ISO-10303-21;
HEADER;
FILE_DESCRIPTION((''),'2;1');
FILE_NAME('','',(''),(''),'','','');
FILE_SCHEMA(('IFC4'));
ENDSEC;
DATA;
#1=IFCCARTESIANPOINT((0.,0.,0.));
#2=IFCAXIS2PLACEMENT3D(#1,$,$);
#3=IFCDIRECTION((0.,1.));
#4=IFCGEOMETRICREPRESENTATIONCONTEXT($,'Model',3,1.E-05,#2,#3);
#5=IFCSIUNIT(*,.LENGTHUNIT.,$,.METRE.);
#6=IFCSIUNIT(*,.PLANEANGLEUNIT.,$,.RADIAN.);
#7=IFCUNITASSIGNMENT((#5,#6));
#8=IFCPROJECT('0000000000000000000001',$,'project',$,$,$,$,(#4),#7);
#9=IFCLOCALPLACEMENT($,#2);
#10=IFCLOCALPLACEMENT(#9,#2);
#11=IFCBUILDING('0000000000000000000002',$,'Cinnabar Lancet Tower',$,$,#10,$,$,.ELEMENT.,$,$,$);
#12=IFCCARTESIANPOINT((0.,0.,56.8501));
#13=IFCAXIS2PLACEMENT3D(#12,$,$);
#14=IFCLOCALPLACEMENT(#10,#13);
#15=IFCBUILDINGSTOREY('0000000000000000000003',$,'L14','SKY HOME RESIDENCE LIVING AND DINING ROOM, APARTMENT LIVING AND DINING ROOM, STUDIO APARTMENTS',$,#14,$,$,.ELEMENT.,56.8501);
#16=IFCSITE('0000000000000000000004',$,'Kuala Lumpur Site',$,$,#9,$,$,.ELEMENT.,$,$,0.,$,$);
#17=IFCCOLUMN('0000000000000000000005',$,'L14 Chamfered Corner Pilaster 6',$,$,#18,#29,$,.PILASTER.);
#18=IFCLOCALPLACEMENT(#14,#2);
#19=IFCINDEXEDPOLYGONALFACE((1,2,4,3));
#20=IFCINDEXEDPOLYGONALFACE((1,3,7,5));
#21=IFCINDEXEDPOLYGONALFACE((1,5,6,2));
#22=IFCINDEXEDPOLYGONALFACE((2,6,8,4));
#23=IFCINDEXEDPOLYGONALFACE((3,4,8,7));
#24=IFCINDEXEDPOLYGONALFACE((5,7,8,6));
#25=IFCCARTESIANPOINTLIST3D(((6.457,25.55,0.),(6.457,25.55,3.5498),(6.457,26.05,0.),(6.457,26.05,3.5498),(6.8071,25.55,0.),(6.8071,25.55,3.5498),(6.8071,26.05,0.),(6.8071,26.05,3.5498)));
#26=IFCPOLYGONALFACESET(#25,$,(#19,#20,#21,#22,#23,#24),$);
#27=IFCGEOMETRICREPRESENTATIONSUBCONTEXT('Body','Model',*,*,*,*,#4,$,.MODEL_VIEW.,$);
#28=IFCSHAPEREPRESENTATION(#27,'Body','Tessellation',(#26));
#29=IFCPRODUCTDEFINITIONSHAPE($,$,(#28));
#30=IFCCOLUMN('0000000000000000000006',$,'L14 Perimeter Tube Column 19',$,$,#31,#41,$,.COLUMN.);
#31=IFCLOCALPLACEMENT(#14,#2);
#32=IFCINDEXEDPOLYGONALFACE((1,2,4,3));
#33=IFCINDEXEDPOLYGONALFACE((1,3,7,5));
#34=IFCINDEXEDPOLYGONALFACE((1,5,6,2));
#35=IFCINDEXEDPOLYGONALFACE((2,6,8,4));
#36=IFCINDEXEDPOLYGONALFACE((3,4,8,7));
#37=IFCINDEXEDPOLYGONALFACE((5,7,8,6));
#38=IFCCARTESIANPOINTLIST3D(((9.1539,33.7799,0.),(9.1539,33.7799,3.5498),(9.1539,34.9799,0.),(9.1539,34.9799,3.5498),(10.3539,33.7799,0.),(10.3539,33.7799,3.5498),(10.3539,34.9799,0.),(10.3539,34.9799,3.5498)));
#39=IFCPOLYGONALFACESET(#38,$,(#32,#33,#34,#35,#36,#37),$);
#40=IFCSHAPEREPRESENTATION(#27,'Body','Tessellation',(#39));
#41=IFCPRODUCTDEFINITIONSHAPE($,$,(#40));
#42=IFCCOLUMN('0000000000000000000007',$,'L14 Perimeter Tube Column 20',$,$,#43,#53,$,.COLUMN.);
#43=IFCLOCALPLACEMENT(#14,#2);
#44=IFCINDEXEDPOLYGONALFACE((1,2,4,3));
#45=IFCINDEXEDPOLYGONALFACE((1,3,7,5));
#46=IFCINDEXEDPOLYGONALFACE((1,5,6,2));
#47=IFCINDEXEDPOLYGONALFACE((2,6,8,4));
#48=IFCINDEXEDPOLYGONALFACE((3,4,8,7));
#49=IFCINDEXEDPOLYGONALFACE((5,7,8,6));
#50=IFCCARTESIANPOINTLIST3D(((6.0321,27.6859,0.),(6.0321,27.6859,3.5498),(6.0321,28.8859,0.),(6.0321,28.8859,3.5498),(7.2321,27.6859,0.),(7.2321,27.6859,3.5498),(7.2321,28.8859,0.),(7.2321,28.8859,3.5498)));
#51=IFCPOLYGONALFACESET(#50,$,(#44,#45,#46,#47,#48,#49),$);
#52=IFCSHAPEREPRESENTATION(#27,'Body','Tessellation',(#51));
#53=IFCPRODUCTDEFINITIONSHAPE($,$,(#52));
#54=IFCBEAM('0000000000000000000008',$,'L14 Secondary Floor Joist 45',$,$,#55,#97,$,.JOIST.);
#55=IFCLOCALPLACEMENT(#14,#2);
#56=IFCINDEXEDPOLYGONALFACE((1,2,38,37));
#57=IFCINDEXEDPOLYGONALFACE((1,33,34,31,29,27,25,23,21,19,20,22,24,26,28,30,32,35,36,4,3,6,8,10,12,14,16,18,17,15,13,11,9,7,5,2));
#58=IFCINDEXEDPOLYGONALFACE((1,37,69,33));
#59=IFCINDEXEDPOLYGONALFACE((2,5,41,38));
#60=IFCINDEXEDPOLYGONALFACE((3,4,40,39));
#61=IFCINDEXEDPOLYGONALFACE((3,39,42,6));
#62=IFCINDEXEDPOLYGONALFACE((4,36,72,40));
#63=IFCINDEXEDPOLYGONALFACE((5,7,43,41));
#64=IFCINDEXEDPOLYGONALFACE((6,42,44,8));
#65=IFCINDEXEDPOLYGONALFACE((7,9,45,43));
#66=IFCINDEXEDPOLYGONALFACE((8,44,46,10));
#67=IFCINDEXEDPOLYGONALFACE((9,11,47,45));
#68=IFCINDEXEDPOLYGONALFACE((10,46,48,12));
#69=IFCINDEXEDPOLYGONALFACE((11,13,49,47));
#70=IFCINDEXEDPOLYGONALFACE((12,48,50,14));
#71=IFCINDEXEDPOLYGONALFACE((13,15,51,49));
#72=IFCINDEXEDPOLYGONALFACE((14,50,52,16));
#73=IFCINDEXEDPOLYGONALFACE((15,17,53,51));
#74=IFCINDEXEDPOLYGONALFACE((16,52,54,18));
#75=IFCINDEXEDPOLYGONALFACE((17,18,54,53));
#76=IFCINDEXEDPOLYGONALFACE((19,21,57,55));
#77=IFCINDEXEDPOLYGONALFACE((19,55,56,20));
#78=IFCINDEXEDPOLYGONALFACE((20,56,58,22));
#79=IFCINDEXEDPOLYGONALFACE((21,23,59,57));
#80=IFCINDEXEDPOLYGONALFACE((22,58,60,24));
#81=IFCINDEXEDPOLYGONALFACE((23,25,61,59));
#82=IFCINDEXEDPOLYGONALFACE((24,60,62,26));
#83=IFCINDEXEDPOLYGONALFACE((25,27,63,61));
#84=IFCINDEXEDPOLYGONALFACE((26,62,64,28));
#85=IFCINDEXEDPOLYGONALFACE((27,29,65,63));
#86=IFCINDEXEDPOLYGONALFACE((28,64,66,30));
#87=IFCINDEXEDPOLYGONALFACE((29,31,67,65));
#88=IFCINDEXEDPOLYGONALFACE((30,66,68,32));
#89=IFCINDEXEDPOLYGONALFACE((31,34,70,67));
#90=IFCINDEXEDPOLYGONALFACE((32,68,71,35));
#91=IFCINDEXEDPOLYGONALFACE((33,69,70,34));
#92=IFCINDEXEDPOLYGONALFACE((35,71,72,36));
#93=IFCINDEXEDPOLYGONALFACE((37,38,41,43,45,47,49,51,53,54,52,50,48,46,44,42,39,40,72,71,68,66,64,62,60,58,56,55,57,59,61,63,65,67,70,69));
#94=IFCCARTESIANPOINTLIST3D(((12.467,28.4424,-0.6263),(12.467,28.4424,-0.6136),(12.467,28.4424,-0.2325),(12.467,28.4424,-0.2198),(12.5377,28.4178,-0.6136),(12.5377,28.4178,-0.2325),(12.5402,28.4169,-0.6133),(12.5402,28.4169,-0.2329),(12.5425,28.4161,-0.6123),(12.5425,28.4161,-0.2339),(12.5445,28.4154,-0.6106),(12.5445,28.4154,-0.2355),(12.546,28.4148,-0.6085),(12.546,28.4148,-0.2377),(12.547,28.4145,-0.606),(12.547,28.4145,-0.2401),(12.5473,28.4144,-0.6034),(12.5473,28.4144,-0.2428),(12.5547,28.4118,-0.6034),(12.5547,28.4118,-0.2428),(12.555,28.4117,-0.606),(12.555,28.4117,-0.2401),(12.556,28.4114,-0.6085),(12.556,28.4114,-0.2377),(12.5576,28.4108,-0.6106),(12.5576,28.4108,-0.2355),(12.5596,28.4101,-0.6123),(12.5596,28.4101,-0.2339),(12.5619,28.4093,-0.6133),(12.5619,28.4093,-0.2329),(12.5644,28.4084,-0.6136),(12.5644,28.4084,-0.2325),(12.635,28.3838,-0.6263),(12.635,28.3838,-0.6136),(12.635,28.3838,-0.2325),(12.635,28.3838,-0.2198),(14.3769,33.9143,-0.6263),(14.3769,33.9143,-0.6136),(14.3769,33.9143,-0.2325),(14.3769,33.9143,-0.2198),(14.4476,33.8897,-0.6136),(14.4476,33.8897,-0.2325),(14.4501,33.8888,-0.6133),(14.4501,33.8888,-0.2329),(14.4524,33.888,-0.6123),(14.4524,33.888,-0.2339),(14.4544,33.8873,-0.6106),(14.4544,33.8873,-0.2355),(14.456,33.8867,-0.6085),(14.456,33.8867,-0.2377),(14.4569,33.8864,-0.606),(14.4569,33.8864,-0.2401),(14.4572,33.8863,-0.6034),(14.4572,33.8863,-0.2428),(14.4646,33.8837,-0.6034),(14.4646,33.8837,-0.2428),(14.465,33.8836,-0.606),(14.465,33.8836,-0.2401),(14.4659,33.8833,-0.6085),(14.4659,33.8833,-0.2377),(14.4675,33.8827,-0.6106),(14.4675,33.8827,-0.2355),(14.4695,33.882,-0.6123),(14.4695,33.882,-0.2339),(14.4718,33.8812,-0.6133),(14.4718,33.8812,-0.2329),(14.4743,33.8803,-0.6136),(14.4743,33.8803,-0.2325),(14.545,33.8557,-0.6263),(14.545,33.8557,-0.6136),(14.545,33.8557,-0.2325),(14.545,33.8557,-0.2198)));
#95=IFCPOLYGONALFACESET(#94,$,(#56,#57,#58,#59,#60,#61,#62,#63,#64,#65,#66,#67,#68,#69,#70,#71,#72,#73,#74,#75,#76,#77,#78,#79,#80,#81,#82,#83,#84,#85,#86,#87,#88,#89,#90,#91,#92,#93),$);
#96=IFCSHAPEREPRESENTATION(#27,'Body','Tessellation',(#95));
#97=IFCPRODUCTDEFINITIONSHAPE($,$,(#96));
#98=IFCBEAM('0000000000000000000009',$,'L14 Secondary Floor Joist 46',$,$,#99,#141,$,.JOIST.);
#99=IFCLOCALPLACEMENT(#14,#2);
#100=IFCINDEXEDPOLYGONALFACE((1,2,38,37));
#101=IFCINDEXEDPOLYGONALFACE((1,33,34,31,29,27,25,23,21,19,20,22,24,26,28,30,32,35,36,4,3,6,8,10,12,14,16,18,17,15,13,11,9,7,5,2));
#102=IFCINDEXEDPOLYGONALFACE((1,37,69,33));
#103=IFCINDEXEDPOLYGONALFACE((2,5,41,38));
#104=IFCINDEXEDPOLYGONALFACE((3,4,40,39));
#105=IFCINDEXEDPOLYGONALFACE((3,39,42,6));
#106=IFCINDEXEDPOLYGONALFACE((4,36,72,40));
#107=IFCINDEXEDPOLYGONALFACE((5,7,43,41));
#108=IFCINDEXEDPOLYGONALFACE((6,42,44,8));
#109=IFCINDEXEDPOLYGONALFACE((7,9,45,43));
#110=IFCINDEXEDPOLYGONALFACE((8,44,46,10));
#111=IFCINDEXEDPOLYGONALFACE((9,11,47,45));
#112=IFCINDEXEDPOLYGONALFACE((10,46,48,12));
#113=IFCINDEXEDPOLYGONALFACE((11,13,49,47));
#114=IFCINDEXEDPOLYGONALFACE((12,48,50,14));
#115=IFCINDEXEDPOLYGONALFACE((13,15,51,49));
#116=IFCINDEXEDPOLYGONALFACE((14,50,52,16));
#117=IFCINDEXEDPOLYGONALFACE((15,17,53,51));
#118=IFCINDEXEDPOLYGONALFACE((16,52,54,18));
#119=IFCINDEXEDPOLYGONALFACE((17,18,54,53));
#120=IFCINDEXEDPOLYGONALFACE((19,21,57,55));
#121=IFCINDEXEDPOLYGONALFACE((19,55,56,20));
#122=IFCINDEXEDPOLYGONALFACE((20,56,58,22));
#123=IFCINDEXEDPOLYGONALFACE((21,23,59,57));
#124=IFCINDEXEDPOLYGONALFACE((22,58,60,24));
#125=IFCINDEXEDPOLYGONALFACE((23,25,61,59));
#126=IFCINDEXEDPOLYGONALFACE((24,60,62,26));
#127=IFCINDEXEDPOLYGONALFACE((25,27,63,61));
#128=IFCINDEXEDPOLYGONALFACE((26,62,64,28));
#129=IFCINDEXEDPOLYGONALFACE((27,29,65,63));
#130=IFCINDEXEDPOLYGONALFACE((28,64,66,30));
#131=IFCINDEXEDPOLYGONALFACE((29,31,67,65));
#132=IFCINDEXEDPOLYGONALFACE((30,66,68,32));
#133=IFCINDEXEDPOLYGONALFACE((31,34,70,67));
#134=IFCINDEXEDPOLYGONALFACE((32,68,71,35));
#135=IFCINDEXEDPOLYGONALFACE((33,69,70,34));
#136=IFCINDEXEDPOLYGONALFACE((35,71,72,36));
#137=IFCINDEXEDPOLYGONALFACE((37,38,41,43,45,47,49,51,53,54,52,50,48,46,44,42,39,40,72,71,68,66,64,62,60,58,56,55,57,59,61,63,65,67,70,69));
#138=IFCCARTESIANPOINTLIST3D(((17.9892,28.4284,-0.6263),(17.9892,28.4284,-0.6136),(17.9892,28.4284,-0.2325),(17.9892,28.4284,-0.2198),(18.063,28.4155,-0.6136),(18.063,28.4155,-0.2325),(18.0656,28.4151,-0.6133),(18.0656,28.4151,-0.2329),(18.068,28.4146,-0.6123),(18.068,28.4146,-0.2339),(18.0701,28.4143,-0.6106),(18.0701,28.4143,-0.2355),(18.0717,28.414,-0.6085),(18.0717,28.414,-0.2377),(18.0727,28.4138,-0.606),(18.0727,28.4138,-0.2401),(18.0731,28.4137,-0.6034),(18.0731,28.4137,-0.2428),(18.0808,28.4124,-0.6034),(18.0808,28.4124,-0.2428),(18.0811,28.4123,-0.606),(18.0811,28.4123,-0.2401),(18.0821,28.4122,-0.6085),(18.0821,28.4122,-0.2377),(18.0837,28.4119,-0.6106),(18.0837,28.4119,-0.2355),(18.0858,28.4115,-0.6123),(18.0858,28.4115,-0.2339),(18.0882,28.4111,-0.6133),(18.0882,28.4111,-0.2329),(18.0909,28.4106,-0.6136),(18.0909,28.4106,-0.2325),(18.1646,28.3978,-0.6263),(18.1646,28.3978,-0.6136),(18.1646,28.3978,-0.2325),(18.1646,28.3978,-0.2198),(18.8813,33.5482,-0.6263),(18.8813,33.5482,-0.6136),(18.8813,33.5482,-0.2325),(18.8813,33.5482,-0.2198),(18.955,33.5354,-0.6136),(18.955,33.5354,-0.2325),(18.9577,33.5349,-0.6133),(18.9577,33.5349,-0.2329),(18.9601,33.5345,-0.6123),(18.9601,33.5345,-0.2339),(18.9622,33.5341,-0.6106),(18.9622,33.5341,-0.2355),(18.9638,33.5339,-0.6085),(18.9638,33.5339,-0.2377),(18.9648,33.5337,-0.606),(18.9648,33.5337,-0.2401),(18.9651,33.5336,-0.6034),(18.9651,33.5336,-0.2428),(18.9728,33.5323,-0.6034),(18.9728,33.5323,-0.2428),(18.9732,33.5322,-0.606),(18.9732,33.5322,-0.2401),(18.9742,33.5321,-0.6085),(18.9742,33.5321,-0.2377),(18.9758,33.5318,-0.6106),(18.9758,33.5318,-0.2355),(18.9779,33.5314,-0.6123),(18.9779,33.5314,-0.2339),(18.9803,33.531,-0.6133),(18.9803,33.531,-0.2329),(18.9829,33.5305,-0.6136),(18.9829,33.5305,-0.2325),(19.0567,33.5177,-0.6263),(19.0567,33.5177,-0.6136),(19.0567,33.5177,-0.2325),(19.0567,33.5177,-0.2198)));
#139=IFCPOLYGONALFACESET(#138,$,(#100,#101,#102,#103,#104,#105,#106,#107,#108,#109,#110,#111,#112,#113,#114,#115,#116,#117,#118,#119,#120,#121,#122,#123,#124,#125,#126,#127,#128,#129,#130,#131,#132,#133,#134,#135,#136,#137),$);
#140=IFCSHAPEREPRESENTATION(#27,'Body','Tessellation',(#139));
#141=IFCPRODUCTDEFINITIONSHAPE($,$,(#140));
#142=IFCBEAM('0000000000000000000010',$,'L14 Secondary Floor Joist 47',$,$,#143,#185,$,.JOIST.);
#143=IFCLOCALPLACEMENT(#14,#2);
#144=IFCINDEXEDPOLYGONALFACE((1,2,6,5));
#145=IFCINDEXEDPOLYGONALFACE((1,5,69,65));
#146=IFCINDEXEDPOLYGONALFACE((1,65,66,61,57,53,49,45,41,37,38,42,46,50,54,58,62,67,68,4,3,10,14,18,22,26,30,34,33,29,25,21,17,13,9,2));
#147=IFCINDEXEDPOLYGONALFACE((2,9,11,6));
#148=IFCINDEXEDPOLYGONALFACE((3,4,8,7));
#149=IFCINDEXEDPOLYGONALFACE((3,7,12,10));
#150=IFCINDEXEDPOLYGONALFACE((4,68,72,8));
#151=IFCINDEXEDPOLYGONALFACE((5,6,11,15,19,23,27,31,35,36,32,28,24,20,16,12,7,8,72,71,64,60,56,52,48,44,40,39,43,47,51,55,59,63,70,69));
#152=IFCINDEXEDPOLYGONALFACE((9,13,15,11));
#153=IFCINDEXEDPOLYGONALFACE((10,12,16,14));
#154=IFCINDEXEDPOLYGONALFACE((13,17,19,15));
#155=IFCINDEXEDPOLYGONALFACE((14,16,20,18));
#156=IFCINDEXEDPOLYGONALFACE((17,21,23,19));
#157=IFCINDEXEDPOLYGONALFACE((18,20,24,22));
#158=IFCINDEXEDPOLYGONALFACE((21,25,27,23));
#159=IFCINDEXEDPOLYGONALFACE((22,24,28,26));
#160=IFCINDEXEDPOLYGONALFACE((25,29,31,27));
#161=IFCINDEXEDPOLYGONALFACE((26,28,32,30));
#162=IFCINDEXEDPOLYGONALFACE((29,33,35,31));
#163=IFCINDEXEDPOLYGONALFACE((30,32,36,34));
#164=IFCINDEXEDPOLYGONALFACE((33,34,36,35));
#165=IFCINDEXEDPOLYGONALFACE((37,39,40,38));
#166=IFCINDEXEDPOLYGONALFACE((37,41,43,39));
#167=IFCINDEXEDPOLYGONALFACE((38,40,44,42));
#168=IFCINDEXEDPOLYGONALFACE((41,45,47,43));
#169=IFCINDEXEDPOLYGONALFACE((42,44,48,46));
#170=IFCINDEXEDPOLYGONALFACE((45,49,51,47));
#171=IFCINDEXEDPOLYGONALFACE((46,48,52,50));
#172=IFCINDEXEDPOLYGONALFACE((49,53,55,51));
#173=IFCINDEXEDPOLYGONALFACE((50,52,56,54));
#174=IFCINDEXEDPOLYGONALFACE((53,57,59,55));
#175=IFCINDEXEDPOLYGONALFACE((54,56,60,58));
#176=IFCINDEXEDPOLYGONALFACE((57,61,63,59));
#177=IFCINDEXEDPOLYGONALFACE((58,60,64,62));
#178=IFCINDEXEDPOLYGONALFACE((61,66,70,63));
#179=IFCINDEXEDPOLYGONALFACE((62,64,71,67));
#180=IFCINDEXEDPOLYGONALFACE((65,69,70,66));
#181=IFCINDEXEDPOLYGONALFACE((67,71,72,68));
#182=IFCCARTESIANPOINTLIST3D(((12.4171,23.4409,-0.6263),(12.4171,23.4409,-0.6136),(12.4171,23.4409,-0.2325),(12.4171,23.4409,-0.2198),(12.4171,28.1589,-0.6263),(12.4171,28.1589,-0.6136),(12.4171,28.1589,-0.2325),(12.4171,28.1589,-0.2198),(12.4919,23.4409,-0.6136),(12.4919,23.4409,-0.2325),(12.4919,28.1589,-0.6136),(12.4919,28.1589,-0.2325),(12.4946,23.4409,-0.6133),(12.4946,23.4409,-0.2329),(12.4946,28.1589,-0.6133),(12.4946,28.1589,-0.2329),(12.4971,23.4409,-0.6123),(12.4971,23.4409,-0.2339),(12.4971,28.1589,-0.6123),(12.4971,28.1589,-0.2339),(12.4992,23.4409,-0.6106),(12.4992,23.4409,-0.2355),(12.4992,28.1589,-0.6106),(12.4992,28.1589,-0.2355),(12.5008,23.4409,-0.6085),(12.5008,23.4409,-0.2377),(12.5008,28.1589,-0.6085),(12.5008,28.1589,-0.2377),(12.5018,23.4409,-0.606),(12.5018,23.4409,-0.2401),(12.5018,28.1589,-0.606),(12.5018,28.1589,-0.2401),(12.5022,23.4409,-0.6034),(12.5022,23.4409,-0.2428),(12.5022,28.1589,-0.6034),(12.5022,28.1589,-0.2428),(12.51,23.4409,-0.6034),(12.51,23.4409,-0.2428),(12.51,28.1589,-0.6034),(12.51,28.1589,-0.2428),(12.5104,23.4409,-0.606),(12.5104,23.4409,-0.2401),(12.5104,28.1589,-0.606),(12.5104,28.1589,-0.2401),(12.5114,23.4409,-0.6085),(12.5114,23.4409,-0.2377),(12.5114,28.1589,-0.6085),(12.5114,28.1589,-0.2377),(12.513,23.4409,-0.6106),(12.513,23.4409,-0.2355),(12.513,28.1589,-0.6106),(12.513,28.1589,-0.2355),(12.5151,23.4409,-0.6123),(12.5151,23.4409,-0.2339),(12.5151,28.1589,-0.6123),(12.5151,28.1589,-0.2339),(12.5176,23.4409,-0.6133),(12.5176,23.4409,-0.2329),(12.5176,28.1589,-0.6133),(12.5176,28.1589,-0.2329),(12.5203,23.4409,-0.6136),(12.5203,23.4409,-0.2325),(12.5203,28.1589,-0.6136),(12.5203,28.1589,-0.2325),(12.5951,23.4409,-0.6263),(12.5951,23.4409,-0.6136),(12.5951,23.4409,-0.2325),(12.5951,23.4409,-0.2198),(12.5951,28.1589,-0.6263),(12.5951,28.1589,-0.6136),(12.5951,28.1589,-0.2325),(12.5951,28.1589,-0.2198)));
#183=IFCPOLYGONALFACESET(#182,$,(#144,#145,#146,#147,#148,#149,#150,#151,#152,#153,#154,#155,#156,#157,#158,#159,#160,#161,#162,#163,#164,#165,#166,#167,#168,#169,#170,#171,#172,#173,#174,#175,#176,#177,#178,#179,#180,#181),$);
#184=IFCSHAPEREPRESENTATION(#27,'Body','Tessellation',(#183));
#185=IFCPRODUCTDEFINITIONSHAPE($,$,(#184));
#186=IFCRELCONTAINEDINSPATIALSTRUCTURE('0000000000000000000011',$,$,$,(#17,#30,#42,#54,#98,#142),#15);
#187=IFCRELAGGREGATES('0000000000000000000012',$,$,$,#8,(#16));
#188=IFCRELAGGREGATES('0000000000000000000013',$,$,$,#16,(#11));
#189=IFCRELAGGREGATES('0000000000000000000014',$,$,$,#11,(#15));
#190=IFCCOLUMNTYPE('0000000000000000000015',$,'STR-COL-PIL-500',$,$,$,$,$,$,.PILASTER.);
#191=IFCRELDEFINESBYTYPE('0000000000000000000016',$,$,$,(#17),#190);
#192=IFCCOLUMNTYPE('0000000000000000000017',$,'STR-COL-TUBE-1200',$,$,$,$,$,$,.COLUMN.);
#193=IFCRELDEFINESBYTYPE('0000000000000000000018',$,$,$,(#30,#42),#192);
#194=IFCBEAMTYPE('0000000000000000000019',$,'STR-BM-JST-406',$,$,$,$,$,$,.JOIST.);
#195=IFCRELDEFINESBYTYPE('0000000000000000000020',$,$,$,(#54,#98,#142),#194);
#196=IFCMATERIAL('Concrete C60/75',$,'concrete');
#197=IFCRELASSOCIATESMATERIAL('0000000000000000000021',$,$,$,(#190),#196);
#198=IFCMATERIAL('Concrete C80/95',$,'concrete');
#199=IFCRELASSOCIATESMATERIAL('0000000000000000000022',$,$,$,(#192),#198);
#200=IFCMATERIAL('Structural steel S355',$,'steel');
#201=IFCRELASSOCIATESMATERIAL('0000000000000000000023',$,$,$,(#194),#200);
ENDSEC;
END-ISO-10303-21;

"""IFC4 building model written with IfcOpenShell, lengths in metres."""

from ifc_helpers import new_model, si_unit, direction, frame, origin, origin_2d, place, context, subcontext, project, spatial, rectangle, i_section, extrude, material, material_profile, profile_set, type_object, element, save


model = new_model("IFC4")

# Units and contexts
model_context = context("Model", 3, precision=1e-05, world=origin(), true_north=direction((0.0, 1.0)))
body_context = subcontext(model_context, "Body", "Model", "MODEL_VIEW")
ifc_project = project(units=[si_unit("LENGTHUNIT", "METRE"), si_unit("PLANEANGLEUNIT", "RADIAN")], contexts=[model_context])

# Site, building, storey
site_placement = place(None, origin())
site = spatial("IfcSite", under=ifc_project, at=site_placement, Name="Kuala Lumpur Site", CompositionType="ELEMENT", RefElevation=0.0)
building_placement = place(site_placement, origin())
building = spatial("IfcBuilding", under=site, at=building_placement, Name="Cinnabar Lancet Tower", CompositionType="ELEMENT")
storey_placement = place(building_placement, frame((0.0, 0.0, 56.8501)))
storey = spatial("IfcBuildingStorey", under=building, at=storey_placement, Name="L14", Description="SKY HOME RESIDENCE LIVING AND DINING ROOM, APARTMENT LIVING AND DINING ROOM, STUDIO APARTMENTS", CompositionType="ELEMENT", Elevation=56.8501)

# Columns
ifc_material_1 = material(Name="Concrete C60/75", Category="concrete")
ifc_material_profile_1 = material_profile(ifc_material_1, rectangle(XDim=0.5, YDim=0.3501, at=origin_2d()), Name="RC-PIL 500x350")
ifc_profile_set_1 = profile_set([ifc_material_profile_1], Name="Concrete C60/75")
column_type_1 = type_object("IfcColumnType", Name="STR-COL-PIL-500", PredefinedType="PILASTER", material=ifc_profile_set_1)
column_placement = place(storey_placement, frame((6.6321, 25.8, 0.0), z_axis=(0.0, 0.0, 1.0), x_axis=(0.0, -1.0, 0.0)))
element("IfcColumn", 1, at=column_placement, inside=storey, type_object=column_type_1, Name="L14 Chamfered Corner Pilaster 6", PredefinedType="PILASTER", context=body_context, shape_type="SweptSolid", body=[
    extrude(rectangle(XDim=0.5, YDim=0.3501, at=origin_2d()), origin(), (0.0, 0.0, 1.0), 3.5498),
])
ifc_material_2 = material(Name="Concrete C80/95", Category="concrete")
ifc_material_profile_2 = material_profile(ifc_material_2, rectangle(XDim=1.2, YDim=1.2, at=origin_2d()), Name="RC-COL 1200x1200")
ifc_profile_set_2 = profile_set([ifc_material_profile_2], Name="Concrete C80/95")
column_type_2 = type_object("IfcColumnType", Name="STR-COL-TUBE-1200", PredefinedType="COLUMN", material=ifc_profile_set_2)
for number, where, z_axis, x_axis, name in (
    (2, (9.7539, 34.3799, 0.0), (0.0, 0.0, 1.0), (1.0, 0.0, 0.0), "L14 Perimeter Tube Column 19"),
    (3, (6.6321, 28.2859, 0.0), (0.0, 0.0, 1.0), (1.0, 0.0, 0.0), "L14 Perimeter Tube Column 20"),
):
    element("IfcColumn", number, at=place(storey_placement, frame(where, z_axis=z_axis, x_axis=x_axis)), inside=storey, type_object=column_type_2, Name=name, PredefinedType="COLUMN", context=body_context, shape_type="SweptSolid", body=[
        extrude(rectangle(XDim=1.2, YDim=1.2, at=origin_2d()), origin(), (0.0, 0.0, 1.0), 3.5498),
    ])

# Beams
ifc_material_3 = material(Name="Structural steel S355", Category="steel")
ifc_material_profile_3 = material_profile(ifc_material_3, i_section(OverallWidth=0.178, OverallDepth=0.4065, WebThickness=0.0078, FlangeThickness=0.0127, FilletRadius=0.0103, at=origin_2d()), Name="UKB 406x178x60")
ifc_profile_set_3 = profile_set([ifc_material_profile_3], Name="Structural steel S355")
beam_type_1 = type_object("IfcBeamType", Name="STR-BM-JST-406", PredefinedType="JOIST", material=ifc_profile_set_3)
beam_1_placement = place(storey_placement, frame((14.4609, 33.885, -0.4231), z_axis=(-0.329542, -0.944141, 0.0), x_axis=(0.944141, -0.329542, 0.0)))
element("IfcBeam", 4, at=beam_1_placement, inside=storey, type_object=beam_type_1, Name="L14 Secondary Floor Joist 45", PredefinedType="JOIST", context=body_context, shape_type="SweptSolid", body=[
    extrude(i_section(OverallWidth=0.178, OverallDepth=0.4065, WebThickness=0.0078, FlangeThickness=0.0127, FilletRadius=0.0103, at=origin_2d()), origin(), (0.0, 0.0, 1.0), 5.7957),
])
beam_2_placement = place(storey_placement, frame((18.969, 33.533, -0.4231), z_axis=(-0.171654, -0.985157, 0.0), x_axis=(0.985157, -0.171654, 0.0)))
element("IfcBeam", 5, at=beam_2_placement, inside=storey, type_object=beam_type_1, Name="L14 Secondary Floor Joist 46", PredefinedType="JOIST", context=body_context, shape_type="SweptSolid", body=[
    extrude(i_section(OverallWidth=0.178, OverallDepth=0.4065, WebThickness=0.0078, FlangeThickness=0.0127, FilletRadius=0.0103, at=origin_2d()), origin(), (0.0, 0.0, 1.0), 5.197),
])
for number, where, z_axis, x_axis, name in (
    (6, (12.5061, 28.1589, -0.4231), (0.0, -1.0, 0.0), (1.0, 0.0, 0.0), "L14 Secondary Floor Joist 47"),
):
    element("IfcBeam", number, at=place(storey_placement, frame(where, z_axis=z_axis, x_axis=x_axis)), inside=storey, type_object=beam_type_1, Name=name, PredefinedType="JOIST", context=body_context, shape_type="SweptSolid", body=[
        extrude(i_section(OverallWidth=0.178, OverallDepth=0.4065, WebThickness=0.0078, FlangeThickness=0.0127, FilletRadius=0.0103, at=origin_2d()), origin(), (0.0, 0.0, 1.0), 4.718),
    ])

save(model, "model.ifc")
